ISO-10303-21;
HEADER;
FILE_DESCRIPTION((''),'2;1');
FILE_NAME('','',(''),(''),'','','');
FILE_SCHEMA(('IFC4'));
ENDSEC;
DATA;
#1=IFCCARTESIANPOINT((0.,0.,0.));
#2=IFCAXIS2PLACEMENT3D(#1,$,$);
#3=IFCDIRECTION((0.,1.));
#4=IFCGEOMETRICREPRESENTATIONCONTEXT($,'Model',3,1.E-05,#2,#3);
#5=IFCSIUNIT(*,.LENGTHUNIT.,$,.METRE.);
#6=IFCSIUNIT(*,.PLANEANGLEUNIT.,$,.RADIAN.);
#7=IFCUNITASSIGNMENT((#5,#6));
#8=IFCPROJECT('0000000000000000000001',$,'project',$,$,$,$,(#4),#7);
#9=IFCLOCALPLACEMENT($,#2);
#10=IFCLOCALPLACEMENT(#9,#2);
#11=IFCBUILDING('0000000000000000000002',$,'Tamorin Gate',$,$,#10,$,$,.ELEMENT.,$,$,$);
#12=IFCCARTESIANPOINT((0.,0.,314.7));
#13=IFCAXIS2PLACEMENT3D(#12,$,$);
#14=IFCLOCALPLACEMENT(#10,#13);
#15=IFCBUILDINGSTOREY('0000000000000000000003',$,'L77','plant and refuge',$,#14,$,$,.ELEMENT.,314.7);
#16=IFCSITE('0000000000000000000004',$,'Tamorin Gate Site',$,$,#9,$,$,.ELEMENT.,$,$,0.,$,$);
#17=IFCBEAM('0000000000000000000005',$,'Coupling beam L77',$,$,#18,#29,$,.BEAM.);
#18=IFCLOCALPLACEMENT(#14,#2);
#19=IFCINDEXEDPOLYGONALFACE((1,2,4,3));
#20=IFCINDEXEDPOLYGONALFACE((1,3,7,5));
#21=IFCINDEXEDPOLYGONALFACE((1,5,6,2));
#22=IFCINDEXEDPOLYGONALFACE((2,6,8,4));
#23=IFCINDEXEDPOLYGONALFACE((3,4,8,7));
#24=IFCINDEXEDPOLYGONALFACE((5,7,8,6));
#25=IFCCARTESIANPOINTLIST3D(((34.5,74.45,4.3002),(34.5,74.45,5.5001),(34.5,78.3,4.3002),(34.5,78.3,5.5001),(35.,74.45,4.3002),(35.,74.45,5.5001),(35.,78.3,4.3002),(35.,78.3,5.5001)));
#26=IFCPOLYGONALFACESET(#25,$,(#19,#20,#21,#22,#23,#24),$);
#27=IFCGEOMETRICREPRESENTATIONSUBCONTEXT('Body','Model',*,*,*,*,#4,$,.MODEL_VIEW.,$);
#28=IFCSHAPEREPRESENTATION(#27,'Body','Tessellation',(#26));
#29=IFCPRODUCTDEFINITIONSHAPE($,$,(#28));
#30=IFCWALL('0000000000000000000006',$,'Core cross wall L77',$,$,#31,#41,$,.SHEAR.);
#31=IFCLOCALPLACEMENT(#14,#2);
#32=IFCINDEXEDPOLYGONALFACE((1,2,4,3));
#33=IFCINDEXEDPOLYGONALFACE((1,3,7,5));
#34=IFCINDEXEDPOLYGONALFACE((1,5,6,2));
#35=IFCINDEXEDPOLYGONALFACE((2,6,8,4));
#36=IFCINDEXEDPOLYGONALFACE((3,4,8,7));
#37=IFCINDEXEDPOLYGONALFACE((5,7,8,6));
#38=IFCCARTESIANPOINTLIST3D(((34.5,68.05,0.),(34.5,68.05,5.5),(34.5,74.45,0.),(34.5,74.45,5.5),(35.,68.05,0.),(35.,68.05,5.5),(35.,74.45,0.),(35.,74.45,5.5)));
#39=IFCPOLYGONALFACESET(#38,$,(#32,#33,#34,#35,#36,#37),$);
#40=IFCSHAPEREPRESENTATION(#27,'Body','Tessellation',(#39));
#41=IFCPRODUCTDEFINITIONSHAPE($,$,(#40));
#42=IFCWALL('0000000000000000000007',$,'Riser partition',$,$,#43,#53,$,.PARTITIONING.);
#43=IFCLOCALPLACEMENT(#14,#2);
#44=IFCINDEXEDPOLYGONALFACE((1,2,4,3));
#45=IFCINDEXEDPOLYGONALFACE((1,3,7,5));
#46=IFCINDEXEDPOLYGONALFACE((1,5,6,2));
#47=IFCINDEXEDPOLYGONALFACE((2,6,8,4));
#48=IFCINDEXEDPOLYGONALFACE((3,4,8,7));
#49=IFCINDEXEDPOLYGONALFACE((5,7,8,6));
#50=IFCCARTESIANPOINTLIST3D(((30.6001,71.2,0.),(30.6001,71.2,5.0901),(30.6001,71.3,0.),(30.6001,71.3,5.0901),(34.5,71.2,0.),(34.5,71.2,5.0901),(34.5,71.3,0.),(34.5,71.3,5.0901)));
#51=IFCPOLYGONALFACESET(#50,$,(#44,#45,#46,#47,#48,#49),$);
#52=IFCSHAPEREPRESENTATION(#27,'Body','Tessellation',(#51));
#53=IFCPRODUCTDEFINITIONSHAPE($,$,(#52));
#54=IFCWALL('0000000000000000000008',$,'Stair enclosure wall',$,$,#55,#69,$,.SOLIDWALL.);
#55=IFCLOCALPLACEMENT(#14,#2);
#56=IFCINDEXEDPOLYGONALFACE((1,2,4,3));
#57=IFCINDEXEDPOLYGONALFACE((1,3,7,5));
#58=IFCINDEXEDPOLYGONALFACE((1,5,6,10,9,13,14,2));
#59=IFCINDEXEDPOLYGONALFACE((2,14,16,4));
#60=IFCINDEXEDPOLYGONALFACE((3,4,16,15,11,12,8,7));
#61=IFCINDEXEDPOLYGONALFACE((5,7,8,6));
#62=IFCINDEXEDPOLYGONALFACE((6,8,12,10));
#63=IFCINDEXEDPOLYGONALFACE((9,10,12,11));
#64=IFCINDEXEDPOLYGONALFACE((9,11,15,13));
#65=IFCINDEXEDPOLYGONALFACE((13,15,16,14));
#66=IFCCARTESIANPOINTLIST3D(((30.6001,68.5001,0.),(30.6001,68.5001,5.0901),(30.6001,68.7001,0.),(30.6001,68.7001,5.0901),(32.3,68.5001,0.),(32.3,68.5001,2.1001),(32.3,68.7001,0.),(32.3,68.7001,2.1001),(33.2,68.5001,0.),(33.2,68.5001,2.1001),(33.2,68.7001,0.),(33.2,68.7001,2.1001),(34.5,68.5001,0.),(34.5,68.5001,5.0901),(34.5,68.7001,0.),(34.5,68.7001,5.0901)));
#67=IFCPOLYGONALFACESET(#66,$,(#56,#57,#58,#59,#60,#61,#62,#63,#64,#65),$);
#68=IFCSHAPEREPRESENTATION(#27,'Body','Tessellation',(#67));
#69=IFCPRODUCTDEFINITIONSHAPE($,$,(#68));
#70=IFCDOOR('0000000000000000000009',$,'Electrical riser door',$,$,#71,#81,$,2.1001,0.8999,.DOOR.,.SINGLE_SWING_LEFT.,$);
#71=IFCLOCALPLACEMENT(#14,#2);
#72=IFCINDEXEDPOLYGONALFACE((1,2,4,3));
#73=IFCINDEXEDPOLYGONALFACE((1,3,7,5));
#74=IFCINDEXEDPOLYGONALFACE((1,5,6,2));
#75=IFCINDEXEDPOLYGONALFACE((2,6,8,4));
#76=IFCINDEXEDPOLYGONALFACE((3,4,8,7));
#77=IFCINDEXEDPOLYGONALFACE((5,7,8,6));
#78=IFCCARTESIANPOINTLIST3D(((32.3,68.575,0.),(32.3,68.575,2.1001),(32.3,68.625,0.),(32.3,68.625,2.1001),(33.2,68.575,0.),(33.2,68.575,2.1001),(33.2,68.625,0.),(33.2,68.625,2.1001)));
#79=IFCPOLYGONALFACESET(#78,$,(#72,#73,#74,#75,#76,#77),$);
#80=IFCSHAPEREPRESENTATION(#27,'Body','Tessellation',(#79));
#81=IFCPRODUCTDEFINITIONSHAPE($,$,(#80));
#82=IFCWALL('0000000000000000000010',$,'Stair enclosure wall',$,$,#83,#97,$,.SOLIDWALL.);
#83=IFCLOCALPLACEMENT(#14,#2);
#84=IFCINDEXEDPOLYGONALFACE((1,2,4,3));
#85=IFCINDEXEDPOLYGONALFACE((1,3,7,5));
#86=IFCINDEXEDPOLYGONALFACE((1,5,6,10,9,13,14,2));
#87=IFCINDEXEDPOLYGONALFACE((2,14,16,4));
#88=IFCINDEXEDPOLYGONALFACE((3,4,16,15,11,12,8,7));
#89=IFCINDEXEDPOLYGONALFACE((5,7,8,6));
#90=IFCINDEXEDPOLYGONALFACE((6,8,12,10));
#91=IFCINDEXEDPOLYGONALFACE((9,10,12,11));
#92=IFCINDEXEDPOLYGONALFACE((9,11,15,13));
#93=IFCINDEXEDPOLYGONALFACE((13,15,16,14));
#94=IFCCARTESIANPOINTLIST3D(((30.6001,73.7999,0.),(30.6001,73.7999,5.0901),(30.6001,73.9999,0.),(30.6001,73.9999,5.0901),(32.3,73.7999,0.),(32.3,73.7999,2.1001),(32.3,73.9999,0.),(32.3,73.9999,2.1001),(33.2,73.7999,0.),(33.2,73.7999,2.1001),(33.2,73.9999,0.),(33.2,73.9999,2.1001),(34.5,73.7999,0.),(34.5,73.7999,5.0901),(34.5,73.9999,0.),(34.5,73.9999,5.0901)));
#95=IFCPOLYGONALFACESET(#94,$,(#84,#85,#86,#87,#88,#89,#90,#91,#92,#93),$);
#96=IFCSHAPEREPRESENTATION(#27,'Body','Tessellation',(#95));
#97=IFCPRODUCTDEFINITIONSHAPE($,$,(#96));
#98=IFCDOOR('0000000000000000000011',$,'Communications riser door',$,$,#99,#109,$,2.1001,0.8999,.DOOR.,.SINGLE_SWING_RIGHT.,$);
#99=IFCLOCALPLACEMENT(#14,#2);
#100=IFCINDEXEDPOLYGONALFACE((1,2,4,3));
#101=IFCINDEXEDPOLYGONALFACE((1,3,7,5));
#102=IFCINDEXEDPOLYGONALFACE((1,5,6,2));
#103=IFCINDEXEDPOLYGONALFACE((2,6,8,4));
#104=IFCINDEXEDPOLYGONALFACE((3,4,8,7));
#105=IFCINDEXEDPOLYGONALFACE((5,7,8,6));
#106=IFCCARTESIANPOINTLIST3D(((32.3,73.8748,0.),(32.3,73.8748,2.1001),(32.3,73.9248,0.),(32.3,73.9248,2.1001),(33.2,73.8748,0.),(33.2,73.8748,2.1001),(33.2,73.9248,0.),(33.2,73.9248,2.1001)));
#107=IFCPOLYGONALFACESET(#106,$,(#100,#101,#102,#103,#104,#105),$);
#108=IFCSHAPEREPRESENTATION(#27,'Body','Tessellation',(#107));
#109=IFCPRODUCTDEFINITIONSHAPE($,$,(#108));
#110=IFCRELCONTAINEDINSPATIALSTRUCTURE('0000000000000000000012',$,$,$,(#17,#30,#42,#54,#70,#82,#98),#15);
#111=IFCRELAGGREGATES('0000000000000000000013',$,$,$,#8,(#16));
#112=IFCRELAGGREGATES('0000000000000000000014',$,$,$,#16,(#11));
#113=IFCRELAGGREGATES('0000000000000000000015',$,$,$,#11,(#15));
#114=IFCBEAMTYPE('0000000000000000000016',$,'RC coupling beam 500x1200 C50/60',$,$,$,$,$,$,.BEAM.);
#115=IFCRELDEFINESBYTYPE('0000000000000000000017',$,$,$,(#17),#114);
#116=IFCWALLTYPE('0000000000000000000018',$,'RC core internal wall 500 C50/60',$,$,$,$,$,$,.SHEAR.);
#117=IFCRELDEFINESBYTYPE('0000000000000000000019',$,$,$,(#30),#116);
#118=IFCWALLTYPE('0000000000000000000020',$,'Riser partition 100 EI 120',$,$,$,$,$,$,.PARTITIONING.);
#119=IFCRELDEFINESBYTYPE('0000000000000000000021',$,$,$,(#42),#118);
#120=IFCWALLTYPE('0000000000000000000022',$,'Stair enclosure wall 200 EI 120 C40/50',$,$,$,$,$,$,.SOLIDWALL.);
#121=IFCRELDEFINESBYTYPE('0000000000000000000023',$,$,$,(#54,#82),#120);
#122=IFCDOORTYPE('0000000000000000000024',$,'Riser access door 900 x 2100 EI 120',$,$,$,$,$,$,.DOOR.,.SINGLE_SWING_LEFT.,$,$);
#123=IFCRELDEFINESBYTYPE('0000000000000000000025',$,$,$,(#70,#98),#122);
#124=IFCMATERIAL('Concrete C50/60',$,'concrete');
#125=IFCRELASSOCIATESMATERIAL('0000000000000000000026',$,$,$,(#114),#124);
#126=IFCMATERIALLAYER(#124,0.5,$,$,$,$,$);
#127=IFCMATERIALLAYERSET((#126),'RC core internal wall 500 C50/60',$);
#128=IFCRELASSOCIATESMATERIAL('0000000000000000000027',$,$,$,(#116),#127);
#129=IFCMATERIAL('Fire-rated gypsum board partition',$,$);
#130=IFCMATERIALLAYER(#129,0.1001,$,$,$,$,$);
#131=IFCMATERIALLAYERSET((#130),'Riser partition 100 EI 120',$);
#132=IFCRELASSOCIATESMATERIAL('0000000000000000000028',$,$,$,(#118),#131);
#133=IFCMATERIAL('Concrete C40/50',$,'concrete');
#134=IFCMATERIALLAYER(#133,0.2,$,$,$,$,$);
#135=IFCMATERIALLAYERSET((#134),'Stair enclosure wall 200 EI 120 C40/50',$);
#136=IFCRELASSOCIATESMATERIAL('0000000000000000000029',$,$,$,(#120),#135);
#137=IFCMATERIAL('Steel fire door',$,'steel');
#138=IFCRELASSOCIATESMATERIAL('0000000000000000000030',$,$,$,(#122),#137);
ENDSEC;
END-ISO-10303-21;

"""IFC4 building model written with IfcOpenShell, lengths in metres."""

from ifc_helpers import new_model, si_unit, direction, frame, frame_2d, origin, origin_2d, place, context, subcontext, project, spatial, rectangle, extrude, material, layer, layer_set, material_profile, profile_set, type_object, element, fill, save


model = new_model("IFC4")

# Units and contexts
model_context = context("Model", 3, precision=1e-05, world=origin(), true_north=direction((0.0, 1.0)))
body_context = subcontext(model_context, "Body", "Model", "MODEL_VIEW")
ifc_project = project(units=[si_unit("LENGTHUNIT", "METRE"), si_unit("PLANEANGLEUNIT", "RADIAN")], contexts=[model_context])

# Site, building, storey
site_placement = place(None, origin())
site = spatial("IfcSite", under=ifc_project, at=site_placement, Name="Tamorin Gate Site", CompositionType="ELEMENT", RefElevation=0.0)
building_placement = place(site_placement, origin())
building = spatial("IfcBuilding", under=site, at=building_placement, Name="Tamorin Gate", CompositionType="ELEMENT")
storey_placement = place(building_placement, frame((0.0, 0.0, 314.7)))
storey = spatial("IfcBuildingStorey", under=building, at=storey_placement, Name="L77", Description="plant and refuge", CompositionType="ELEMENT", Elevation=314.7)

# Beam
ifc_material_1 = material(Name="Concrete C50/60", Category="concrete")
ifc_material_profile = material_profile(ifc_material_1, rectangle(XDim=0.5, YDim=1.2, at=origin_2d()), Name="RC 500x1200")
ifc_profile_set = profile_set([ifc_material_profile], Name="Concrete C50/60")
beam_type = type_object("IfcBeamType", Name="RC coupling beam 500x1200 C50/60", PredefinedType="BEAM", material=ifc_profile_set)
beam_placement = place(storey_placement, frame((34.75, 74.45, 4.9001), z_axis=(0.0, 1.0, 0.0), x_axis=(-1.0, 0.0, 0.0)))
element("IfcBeam", 1, at=beam_placement, inside=storey, type_object=beam_type, Name="Coupling beam L77", PredefinedType="BEAM", context=body_context, shape_type="SweptSolid", body=[
    extrude(rectangle(XDim=0.5, YDim=1.2, at=origin_2d()), origin(), (0.0, 0.0, 1.0), 3.8501),
])

# Walls
ifc_layer_1 = layer(ifc_material_1, 0.5)
ifc_layer_set_1 = layer_set([ifc_layer_1], Name="RC core internal wall 500 C50/60")
wall_type_1 = type_object("IfcWallType", Name="RC core internal wall 500 C50/60", PredefinedType="SHEAR", material=ifc_layer_set_1)
wall_1_placement = place(storey_placement, frame((34.75, 68.05, 0.0), z_axis=(0.0, 0.0, 1.0), x_axis=(0.0, 1.0, 0.0)))
element("IfcWall", 2, at=wall_1_placement, inside=storey, type_object=wall_type_1, Name="Core cross wall L77", PredefinedType="SHEAR", context=body_context, shape_type="SweptSolid", body=[
    extrude(rectangle(XDim=6.3999, YDim=0.5, at=frame_2d((3.2, 0.0))), origin(), (0.0, 0.0, 1.0), 5.5),
])
ifc_material_2 = material(Name="Fire-rated gypsum board partition")
ifc_layer_2 = layer(ifc_material_2, 0.1001)
ifc_layer_set_2 = layer_set([ifc_layer_2], Name="Riser partition 100 EI 120")
wall_type_2 = type_object("IfcWallType", Name="Riser partition 100 EI 120", PredefinedType="PARTITIONING", material=ifc_layer_set_2)
wall_2_placement = place(storey_placement, frame((30.6001, 71.25, 0.0), z_axis=(0.0, 0.0, 1.0), x_axis=(1.0, 0.0, 0.0)))
element("IfcWall", 3, at=wall_2_placement, inside=storey, type_object=wall_type_2, Name="Riser partition", PredefinedType="PARTITIONING", context=body_context, shape_type="SweptSolid", body=[
    extrude(rectangle(XDim=3.8999, YDim=0.1001, at=frame_2d((1.95, 0.0))), origin(), (0.0, 0.0, 1.0), 5.0901),
])

# Walls, openings, doors
ifc_material_3 = material(Name="Concrete C40/50", Category="concrete")
ifc_layer_3 = layer(ifc_material_3, 0.2)
ifc_layer_set_3 = layer_set([ifc_layer_3], Name="Stair enclosure wall 200 EI 120 C40/50")
wall_type_3 = type_object("IfcWallType", Name="Stair enclosure wall 200 EI 120 C40/50", PredefinedType="SOLIDWALL", material=ifc_layer_set_3)
wall_3_placement = place(storey_placement, frame((30.6001, 68.6001, 0.0), z_axis=(0.0, 0.0, 1.0), x_axis=(1.0, 0.0, 0.0)))
wall_3 = element("IfcWall", 4, at=wall_3_placement, inside=storey, type_object=wall_type_3, Name="Stair enclosure wall", PredefinedType="SOLIDWALL", context=body_context, shape_type="SweptSolid", body=[
    extrude(rectangle(XDim=3.8999, YDim=0.2, at=frame_2d((1.95, 0.0))), origin(), (0.0, 0.0, 1.0), 5.0901),
])
opening_1_placement = place(wall_3_placement, frame((1.7, 0.0, 0.0)))
opening_1 = element("IfcOpeningElement", 5, at=opening_1_placement, cuts=wall_3, PredefinedType="OPENING", context=body_context, shape_type="SweptSolid", body=[
    extrude(rectangle(XDim=0.8999, YDim=2.1001, at=frame_2d((0.45, 1.05))), frame((0.0, 0.1099, 0.0), z_axis=(0.0, -1.0, 0.0), x_axis=(1.0, 0.0, 0.0)), (0.0, 0.0, 1.0), 0.22),
])
ifc_material_4 = material(Name="Steel fire door", Category="steel")
door_type = type_object("IfcDoorType", Name="Riser access door 900 x 2100 EI 120", OperationType="SINGLE_SWING_LEFT", PredefinedType="DOOR", material=ifc_material_4)
door_1_placement = place(opening_1_placement, origin())
door_1 = element("IfcDoor", 6, at=door_1_placement, inside=storey, type_object=door_type, Name="Electrical riser door", OperationType="SINGLE_SWING_LEFT", OverallHeight=2.1001, OverallWidth=0.8999, PredefinedType="DOOR", context=body_context, shape_type="SweptSolid", body=[
    extrude(rectangle(XDim=0.8999, YDim=2.1001, at=frame_2d((0.45, 1.05))), frame((0.0, 0.0249, 0.0), z_axis=(0.0, -1.0, 0.0), x_axis=(1.0, 0.0, 0.0)), (0.0, 0.0, 1.0), 0.05),
])
fill(opening_1, door_1)
wall_4_placement = place(storey_placement, frame((30.6001, 73.8999, 0.0), z_axis=(0.0, 0.0, 1.0), x_axis=(1.0, 0.0, 0.0)))
wall_4 = element("IfcWall", 7, at=wall_4_placement, inside=storey, type_object=wall_type_3, Name="Stair enclosure wall", PredefinedType="SOLIDWALL", context=body_context, shape_type="SweptSolid", body=[
    extrude(rectangle(XDim=3.8999, YDim=0.2, at=frame_2d((1.95, 0.0))), origin(), (0.0, 0.0, 1.0), 5.0901),
])
opening_2_placement = place(wall_4_placement, frame((1.7, 0.0, 0.0)))
opening_2 = element("IfcOpeningElement", 8, at=opening_2_placement, cuts=wall_4, PredefinedType="OPENING", context=body_context, shape_type="SweptSolid", body=[
    extrude(rectangle(XDim=0.8999, YDim=2.1001, at=frame_2d((0.45, 1.05))), frame((0.0, 0.1099, 0.0), z_axis=(0.0, -1.0, 0.0), x_axis=(1.0, 0.0, 0.0)), (0.0, 0.0, 1.0), 0.22),
])
door_2_placement = place(opening_2_placement, origin())
door_2 = element("IfcDoor", 9, at=door_2_placement, inside=storey, type_object=door_type, Name="Communications riser door", OperationType="SINGLE_SWING_RIGHT", OverallHeight=2.1001, OverallWidth=0.8999, PredefinedType="DOOR", context=body_context, shape_type="SweptSolid", body=[
    extrude(rectangle(XDim=0.8999, YDim=2.1001, at=frame_2d((0.45, 1.05))), frame((0.0, 0.0249, 0.0), z_axis=(0.0, -1.0, 0.0), x_axis=(1.0, 0.0, 0.0)), (0.0, 0.0, 1.0), 0.05),
])
fill(opening_2, door_2)

save(model, "model.ifc")
